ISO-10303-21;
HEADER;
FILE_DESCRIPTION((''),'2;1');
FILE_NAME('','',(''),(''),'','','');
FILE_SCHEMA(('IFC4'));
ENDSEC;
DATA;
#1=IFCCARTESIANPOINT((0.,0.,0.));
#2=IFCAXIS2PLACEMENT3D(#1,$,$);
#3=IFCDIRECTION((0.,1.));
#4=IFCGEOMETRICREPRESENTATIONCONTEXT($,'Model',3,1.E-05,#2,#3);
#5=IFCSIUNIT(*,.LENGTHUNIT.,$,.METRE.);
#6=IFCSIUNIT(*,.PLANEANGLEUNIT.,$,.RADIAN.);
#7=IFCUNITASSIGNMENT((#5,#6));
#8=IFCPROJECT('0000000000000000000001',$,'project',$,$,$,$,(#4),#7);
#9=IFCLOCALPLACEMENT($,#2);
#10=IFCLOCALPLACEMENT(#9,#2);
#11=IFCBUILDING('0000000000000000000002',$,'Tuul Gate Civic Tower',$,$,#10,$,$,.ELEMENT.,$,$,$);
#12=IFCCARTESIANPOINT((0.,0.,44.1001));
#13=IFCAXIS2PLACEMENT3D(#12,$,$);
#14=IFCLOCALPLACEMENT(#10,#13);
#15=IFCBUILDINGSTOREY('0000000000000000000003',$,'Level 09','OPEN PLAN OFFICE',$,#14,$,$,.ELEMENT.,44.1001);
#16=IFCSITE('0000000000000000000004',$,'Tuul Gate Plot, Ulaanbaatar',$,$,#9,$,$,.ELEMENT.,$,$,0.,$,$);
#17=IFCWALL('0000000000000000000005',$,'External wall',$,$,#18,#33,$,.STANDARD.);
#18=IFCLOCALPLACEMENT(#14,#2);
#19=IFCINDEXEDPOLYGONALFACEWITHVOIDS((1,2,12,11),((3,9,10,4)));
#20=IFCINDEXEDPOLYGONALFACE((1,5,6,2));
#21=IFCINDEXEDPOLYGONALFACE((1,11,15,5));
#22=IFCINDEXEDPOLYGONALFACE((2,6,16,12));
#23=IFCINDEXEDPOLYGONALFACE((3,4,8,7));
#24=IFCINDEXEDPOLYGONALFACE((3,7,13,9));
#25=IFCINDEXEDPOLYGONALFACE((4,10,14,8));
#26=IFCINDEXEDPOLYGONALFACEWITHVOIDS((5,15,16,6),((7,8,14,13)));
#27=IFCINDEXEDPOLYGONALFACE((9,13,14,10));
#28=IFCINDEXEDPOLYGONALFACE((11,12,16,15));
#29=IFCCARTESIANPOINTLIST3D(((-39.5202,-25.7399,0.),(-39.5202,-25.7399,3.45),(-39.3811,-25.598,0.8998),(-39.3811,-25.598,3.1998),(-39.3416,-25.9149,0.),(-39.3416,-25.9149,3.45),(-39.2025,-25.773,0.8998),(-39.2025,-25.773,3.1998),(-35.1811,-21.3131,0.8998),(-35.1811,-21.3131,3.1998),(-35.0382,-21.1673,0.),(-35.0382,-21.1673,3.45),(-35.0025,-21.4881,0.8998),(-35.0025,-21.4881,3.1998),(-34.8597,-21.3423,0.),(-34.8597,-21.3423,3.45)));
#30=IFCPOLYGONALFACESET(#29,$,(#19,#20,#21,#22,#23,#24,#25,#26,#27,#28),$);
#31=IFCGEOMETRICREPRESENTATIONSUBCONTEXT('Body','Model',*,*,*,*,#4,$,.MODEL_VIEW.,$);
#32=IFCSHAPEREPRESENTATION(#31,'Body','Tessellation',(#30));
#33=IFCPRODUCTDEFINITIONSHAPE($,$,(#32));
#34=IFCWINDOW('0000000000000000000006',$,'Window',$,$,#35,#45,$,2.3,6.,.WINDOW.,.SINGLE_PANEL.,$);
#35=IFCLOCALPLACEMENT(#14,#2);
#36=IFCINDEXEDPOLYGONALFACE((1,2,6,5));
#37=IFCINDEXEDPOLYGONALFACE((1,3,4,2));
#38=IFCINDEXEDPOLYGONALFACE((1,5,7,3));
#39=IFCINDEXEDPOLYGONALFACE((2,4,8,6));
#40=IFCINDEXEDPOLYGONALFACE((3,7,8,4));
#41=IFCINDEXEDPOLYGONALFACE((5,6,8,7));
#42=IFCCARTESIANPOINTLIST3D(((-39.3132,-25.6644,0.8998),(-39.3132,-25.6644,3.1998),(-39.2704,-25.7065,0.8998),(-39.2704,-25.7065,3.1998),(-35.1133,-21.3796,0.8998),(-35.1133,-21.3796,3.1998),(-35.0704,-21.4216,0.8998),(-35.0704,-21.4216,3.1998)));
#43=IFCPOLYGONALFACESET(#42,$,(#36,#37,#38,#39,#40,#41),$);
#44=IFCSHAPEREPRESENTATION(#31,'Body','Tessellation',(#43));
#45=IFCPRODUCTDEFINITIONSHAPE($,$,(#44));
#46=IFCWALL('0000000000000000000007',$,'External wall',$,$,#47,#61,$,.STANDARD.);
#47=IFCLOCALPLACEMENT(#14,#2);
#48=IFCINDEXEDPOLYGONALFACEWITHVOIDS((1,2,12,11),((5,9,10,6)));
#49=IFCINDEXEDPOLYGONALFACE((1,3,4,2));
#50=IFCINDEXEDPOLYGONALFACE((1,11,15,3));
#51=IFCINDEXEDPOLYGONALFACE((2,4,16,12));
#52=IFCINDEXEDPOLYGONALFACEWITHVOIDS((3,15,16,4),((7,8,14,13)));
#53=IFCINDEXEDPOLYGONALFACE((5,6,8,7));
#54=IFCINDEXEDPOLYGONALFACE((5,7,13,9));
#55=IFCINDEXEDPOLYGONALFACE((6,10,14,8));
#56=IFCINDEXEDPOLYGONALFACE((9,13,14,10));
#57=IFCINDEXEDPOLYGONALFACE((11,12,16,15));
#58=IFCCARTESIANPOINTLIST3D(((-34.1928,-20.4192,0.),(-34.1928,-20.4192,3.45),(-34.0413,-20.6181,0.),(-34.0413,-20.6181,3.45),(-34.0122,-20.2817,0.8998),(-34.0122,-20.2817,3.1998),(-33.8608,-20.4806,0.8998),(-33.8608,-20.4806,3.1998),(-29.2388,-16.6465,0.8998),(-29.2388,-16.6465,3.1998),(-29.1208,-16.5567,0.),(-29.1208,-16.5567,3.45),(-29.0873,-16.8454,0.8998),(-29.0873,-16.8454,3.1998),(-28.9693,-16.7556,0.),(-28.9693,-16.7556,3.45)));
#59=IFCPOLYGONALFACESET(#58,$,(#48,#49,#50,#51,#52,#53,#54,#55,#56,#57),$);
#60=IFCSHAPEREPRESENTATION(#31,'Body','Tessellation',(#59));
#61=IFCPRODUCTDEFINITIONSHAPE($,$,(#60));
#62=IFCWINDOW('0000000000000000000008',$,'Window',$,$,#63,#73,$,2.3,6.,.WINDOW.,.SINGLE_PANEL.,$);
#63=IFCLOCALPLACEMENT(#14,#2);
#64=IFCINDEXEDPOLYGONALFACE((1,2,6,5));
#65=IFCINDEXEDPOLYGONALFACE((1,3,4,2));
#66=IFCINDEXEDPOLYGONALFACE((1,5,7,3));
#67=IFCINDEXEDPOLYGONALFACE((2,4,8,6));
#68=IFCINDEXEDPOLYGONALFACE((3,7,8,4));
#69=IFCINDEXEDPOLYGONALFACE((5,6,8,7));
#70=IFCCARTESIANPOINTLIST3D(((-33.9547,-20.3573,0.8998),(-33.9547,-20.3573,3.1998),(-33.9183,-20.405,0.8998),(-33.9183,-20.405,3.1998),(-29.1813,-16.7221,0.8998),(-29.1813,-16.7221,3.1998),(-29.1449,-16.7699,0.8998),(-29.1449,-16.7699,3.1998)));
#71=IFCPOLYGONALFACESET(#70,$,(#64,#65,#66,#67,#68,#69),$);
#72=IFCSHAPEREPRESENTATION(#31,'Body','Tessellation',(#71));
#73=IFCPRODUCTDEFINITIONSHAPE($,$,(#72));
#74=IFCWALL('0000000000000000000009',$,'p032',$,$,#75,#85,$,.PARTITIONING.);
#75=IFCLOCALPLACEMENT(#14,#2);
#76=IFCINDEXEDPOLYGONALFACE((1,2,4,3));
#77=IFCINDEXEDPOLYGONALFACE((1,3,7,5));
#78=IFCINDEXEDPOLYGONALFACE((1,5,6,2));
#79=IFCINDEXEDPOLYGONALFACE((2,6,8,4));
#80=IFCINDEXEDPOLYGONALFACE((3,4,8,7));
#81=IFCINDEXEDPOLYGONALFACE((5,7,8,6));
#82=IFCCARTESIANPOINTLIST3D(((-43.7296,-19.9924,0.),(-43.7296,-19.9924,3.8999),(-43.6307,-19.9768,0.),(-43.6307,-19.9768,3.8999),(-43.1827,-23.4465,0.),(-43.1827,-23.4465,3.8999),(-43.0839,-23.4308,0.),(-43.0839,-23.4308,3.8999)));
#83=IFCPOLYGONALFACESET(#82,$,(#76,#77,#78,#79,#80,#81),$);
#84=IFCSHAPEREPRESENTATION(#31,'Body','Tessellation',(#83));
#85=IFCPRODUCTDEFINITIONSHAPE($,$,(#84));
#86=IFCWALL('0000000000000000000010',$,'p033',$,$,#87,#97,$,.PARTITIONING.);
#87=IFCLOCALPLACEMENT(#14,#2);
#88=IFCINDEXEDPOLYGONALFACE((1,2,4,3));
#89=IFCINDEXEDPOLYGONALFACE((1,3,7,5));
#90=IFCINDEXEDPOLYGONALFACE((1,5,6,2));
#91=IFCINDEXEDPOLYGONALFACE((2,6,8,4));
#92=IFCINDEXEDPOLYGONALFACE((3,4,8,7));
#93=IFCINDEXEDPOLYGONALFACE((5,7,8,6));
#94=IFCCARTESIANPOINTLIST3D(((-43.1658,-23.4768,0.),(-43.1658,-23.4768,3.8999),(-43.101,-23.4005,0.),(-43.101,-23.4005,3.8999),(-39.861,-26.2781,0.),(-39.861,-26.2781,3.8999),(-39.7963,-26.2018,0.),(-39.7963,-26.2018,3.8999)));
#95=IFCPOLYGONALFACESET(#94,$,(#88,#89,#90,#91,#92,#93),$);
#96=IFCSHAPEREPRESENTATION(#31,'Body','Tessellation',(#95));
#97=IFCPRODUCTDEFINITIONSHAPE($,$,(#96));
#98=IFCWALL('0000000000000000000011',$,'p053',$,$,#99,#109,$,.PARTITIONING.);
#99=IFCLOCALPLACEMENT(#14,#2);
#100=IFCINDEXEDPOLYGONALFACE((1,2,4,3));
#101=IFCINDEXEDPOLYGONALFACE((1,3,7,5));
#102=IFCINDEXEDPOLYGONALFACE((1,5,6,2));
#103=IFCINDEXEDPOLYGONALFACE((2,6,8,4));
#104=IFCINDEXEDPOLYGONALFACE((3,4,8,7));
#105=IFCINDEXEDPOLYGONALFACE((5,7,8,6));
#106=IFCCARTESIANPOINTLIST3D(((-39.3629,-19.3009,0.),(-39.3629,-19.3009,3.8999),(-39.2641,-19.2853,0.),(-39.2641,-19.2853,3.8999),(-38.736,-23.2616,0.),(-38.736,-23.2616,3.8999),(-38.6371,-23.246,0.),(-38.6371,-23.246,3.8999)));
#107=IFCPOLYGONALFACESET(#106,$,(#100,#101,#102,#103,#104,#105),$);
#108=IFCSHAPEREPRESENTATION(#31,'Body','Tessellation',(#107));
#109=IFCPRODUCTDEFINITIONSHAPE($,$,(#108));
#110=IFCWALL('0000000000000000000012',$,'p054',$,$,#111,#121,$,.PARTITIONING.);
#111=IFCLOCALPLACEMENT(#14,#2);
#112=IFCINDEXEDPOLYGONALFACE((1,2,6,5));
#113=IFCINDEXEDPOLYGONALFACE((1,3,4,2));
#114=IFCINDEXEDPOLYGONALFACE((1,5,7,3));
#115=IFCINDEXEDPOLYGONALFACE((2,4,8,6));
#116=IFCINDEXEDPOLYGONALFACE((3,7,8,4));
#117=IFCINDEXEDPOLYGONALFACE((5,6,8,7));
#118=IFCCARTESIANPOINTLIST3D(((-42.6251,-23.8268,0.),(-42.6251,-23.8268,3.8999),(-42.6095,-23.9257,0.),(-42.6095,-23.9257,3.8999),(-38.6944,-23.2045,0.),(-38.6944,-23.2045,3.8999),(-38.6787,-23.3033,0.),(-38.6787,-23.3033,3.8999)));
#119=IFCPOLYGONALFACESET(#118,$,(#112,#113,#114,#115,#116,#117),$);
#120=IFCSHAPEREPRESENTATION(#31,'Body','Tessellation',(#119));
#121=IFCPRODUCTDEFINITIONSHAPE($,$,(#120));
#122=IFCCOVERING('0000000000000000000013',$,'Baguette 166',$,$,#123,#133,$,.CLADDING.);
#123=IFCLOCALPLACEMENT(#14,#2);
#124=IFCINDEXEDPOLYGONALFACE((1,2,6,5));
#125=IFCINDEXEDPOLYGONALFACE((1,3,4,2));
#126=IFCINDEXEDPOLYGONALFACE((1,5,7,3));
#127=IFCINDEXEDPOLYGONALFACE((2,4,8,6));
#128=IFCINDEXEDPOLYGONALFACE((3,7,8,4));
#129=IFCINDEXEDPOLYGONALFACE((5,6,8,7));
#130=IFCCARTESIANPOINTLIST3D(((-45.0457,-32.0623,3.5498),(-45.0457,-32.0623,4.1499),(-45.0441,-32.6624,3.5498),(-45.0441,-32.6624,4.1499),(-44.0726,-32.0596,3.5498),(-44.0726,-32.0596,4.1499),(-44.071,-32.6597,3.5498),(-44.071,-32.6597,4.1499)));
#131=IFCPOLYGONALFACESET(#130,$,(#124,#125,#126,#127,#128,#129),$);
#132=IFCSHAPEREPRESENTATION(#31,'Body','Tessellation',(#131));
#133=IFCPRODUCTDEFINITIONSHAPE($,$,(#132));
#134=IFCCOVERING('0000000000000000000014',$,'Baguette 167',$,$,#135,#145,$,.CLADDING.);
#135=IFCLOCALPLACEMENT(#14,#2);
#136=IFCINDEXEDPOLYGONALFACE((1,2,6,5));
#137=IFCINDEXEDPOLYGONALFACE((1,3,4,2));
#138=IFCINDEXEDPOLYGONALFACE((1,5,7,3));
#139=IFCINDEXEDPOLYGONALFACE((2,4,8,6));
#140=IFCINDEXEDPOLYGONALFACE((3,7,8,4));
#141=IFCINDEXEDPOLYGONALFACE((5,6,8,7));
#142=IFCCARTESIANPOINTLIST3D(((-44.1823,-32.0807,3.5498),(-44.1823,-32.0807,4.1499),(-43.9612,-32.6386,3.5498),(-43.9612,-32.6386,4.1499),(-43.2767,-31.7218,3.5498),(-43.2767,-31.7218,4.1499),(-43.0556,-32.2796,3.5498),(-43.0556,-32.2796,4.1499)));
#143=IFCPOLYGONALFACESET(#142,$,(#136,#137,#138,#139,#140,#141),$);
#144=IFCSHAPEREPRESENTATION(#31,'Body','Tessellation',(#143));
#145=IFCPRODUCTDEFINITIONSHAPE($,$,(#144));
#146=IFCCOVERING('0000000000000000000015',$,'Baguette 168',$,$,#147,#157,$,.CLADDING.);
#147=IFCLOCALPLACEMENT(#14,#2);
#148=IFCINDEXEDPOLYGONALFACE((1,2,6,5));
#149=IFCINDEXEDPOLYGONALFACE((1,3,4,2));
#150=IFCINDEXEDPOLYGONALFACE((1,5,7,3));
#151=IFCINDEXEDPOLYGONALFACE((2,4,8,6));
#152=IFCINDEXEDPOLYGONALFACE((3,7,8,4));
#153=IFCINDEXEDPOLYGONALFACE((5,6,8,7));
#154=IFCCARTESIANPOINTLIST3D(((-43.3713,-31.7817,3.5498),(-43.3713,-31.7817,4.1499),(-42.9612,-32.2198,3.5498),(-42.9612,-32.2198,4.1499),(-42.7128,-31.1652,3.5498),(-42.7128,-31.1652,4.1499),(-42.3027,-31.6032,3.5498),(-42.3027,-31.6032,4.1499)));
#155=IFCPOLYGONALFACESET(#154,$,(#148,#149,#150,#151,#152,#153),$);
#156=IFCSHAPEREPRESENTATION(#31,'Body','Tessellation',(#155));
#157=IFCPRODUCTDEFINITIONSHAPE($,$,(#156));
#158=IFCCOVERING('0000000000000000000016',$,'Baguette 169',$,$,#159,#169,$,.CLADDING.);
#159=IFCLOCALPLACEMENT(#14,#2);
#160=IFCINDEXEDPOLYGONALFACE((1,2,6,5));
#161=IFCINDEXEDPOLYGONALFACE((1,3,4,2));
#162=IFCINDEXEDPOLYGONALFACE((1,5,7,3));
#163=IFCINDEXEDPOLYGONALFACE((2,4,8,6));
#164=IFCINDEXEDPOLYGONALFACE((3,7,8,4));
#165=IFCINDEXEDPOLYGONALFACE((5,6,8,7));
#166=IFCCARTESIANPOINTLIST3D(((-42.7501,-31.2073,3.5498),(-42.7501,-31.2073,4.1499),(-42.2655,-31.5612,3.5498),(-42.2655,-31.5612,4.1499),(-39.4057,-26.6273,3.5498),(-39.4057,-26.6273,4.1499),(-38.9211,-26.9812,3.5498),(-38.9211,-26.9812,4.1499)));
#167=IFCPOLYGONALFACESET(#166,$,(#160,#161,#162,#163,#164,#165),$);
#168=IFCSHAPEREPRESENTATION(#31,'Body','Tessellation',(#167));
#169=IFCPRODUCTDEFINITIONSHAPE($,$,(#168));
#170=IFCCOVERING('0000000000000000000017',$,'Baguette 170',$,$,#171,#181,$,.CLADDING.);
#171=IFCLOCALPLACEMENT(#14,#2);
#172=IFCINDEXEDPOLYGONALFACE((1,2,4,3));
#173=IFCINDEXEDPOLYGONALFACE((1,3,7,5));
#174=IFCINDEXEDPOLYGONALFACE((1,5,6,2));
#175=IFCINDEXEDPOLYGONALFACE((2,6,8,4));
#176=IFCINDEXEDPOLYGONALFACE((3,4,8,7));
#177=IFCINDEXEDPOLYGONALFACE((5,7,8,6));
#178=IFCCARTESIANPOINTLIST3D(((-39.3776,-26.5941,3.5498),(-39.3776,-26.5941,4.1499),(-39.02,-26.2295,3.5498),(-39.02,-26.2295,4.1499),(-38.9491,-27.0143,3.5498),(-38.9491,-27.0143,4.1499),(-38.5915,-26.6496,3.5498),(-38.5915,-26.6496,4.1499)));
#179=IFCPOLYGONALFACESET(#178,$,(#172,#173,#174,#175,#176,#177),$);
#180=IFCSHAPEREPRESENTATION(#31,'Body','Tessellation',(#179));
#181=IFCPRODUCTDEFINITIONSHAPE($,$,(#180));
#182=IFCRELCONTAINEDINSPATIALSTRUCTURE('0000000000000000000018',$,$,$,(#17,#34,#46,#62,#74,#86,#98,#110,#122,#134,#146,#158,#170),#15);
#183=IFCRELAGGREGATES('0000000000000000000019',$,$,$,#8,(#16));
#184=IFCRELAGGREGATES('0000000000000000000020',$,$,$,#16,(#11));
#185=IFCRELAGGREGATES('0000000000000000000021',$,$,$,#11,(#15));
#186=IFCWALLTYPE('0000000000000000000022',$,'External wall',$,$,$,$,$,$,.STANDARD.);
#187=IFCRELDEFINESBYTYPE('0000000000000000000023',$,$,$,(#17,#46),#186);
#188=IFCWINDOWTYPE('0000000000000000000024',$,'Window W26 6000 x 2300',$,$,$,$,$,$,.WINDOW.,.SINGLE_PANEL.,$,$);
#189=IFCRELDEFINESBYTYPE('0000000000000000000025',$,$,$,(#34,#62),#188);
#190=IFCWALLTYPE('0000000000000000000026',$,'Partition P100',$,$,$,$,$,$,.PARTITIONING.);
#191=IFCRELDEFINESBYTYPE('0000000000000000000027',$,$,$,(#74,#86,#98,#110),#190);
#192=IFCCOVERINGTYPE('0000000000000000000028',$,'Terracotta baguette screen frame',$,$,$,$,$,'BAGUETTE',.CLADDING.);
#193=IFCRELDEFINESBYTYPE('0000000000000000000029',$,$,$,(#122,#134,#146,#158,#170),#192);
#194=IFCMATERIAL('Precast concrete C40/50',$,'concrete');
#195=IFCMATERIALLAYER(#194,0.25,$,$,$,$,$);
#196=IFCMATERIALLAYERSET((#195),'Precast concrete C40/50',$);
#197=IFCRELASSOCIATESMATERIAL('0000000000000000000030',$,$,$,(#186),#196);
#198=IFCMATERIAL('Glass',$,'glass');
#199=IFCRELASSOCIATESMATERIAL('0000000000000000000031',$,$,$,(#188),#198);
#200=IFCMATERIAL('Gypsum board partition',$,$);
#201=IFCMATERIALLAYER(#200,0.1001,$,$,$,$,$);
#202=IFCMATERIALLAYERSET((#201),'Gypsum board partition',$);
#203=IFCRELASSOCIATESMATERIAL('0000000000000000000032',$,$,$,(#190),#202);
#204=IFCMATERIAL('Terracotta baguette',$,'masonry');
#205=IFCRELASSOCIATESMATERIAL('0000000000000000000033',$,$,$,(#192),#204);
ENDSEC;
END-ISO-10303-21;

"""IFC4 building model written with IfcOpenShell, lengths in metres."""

from ifc_helpers import new_model, si_unit, direction, frame, frame_2d, origin, origin_2d, place, context, subcontext, project, spatial, rectangle, extrude, material, layer, layer_set, material_profile, profile_set, type_object, element, fill, save


model = new_model("IFC4")

# Units and contexts
model_context = context("Model", 3, precision=1e-05, world=origin(), true_north=direction((0.0, 1.0)))
body_context = subcontext(model_context, "Body", "Model", "MODEL_VIEW")
ifc_project = project(units=[si_unit("LENGTHUNIT", "METRE"), si_unit("PLANEANGLEUNIT", "RADIAN")], contexts=[model_context])

# Site, building, storey
site_placement = place(None, origin())
site = spatial("IfcSite", under=ifc_project, at=site_placement, Name="Tuul Gate Plot, Ulaanbaatar", CompositionType="ELEMENT", RefElevation=0.0)
building_placement = place(site_placement, origin())
building = spatial("IfcBuilding", under=site, at=building_placement, Name="Tuul Gate Civic Tower", CompositionType="ELEMENT")
storey_placement = place(building_placement, frame((0.0, 0.0, 44.1001)))
storey = spatial("IfcBuildingStorey", under=building, at=storey_placement, Name="Level 09", Description="OPEN PLAN OFFICE", CompositionType="ELEMENT", Elevation=44.1001)

# Walls, openings, windows
ifc_material_1 = material(Name="Precast concrete C40/50", Category="concrete")
ifc_layer_1 = layer(ifc_material_1, 0.25)
ifc_layer_set_1 = layer_set([ifc_layer_1], Name="Precast concrete C40/50")
wall_type_1 = type_object("IfcWallType", Name="External wall", PredefinedType="STANDARD", material=ifc_layer_set_1)
wall_1_placement = place(storey_placement, frame((-39.4309, -25.8274, 0.0), z_axis=(0.0, 0.0, 1.0), x_axis=(0.699998, 0.714145, 0.0)))
wall_1 = element("IfcWall", 1, at=wall_1_placement, inside=storey, type_object=wall_type_1, Name="External wall", PredefinedType="STANDARD", context=body_context, shape_type="SweptSolid", body=[
    extrude(rectangle(XDim=6.4028, YDim=0.25, at=frame_2d((3.2014, 0.0))), origin(), (0.0, 0.0, 1.0), 3.45),
])
opening_1_placement = place(wall_1_placement, frame((0.1987, 0.0, 0.8999)))
opening_1 = element("IfcOpeningElement", 2, at=opening_1_placement, cuts=wall_1, PredefinedType="OPENING", context=body_context, shape_type="SweptSolid", body=[
    extrude(rectangle(XDim=6.0, YDim=2.3, at=frame_2d((3.0, 1.1499))), frame((0.0, 0.135, 0.0), z_axis=(0.0, -1.0, 0.0), x_axis=(1.0, 0.0, 0.0)), (0.0, 0.0, 1.0), 0.27),
])
ifc_material_2 = material(Name="Glass", Category="glass")
window_type_1 = type_object("IfcWindowType", Name="Window W26 6000 x 2300", PartitioningType="SINGLE_PANEL", PredefinedType="WINDOW", material=ifc_material_2)
window_1_placement = place(opening_1_placement, origin())
window_1 = element("IfcWindow", 3, at=window_1_placement, inside=storey, type_object=window_type_1, Name="Window", OverallHeight=2.3, OverallWidth=6.0, PartitioningType="SINGLE_PANEL", PredefinedType="WINDOW", context=body_context, shape_type="SweptSolid", body=[
    extrude(rectangle(XDim=6.0, YDim=2.3, at=frame_2d((3.0, 1.1499))), frame((0.0, 0.03, 0.0), z_axis=(0.0, -1.0, 0.0), x_axis=(1.0, 0.0, 0.0)), (0.0, 0.0, 1.0), 0.0601),
])
fill(opening_1, window_1)
wall_2_placement = place(storey_placement, frame((-34.1169, -20.5186, 0.0), z_axis=(0.0, 0.0, 1.0), x_axis=(0.795571, 0.60586, 0.0)))
wall_2 = element("IfcWall", 4, at=wall_2_placement, inside=storey, type_object=wall_type_1, Name="External wall", PredefinedType="STANDARD", context=body_context, shape_type="SweptSolid", body=[
    extrude(rectangle(XDim=6.3752, YDim=0.25, at=frame_2d((3.1875, 0.0))), origin(), (0.0, 0.0, 1.0), 3.45),
])
opening_2_placement = place(wall_2_placement, frame((0.2268, 0.0, 0.8999)))
opening_2 = element("IfcOpeningElement", 5, at=opening_2_placement, cuts=wall_2, PredefinedType="OPENING", context=body_context, shape_type="SweptSolid", body=[
    extrude(rectangle(XDim=6.0, YDim=2.3, at=frame_2d((3.0, 1.1499))), frame((0.0, 0.135, 0.0), z_axis=(0.0, -1.0, 0.0), x_axis=(1.0, 0.0, 0.0)), (0.0, 0.0, 1.0), 0.27),
])
window_2_placement = place(opening_2_placement, origin())
window_2 = element("IfcWindow", 6, at=window_2_placement, inside=storey, type_object=window_type_1, Name="Window", OverallHeight=2.3, OverallWidth=6.0, PartitioningType="SINGLE_PANEL", PredefinedType="WINDOW", context=body_context, shape_type="SweptSolid", body=[
    extrude(rectangle(XDim=6.0, YDim=2.3, at=frame_2d((3.0, 1.1499))), frame((0.0, 0.03, 0.0), z_axis=(0.0, -1.0, 0.0), x_axis=(1.0, 0.0, 0.0)), (0.0, 0.0, 1.0), 0.0601),
])
fill(opening_2, window_2)

# Walls
ifc_material_3 = material(Name="Gypsum board partition")
ifc_layer_2 = layer(ifc_material_3, 0.1001)
ifc_layer_set_2 = layer_set([ifc_layer_2], Name="Gypsum board partition")
wall_type_2 = type_object("IfcWallType", Name="Partition P100", PredefinedType="PARTITIONING", material=ifc_layer_set_2)
wall_3_placement = place(storey_placement, frame((-43.6802, -19.9846, 0.0), z_axis=(0.0, 0.0, 1.0), x_axis=(0.156378, -0.987697, 0.0)))
element("IfcWall", 7, at=wall_3_placement, inside=storey, type_object=wall_type_2, Name="p032", PredefinedType="PARTITIONING", context=body_context, shape_type="SweptSolid", body=[
    extrude(rectangle(XDim=3.4971, YDim=0.1001, at=frame_2d((1.7485, 0.0))), origin(), (0.0, 0.0, 1.0), 3.8999),
])
wall_4_placement = place(storey_placement, frame((-43.1333, -23.4387, 0.0), z_axis=(0.0, 0.0, 1.0), x_axis=(0.762817, -0.646614, 0.0)))
element("IfcWall", 8, at=wall_4_placement, inside=storey, type_object=wall_type_2, Name="p033", PredefinedType="PARTITIONING", context=body_context, shape_type="SweptSolid", body=[
    extrude(rectangle(XDim=4.3323, YDim=0.1001, at=frame_2d((2.166, 0.0))), origin(), (0.0, 0.0, 1.0), 3.8999),
])
wall_5_placement = place(storey_placement, frame((-39.3135, -19.2932, 0.0), z_axis=(0.0, 0.0, 1.0), x_axis=(0.156347, -0.987702, 0.0)))
element("IfcWall", 9, at=wall_5_placement, inside=storey, type_object=wall_type_2, Name="p053", PredefinedType="PARTITIONING", context=body_context, shape_type="SweptSolid", body=[
    extrude(rectangle(XDim=4.01, YDim=0.1001, at=frame_2d((2.0049, 0.0))), origin(), (0.0, 0.0, 1.0), 3.8999),
])
wall_6_placement = place(storey_placement, frame((-42.6172, -23.8762, 0.0), z_axis=(0.0, 0.0, 1.0), x_axis=(0.987698, 0.156375, 0.0)))
element("IfcWall", 10, at=wall_6_placement, inside=storey, type_object=wall_type_2, Name="p054", PredefinedType="PARTITIONING", context=body_context, shape_type="SweptSolid", body=[
    extrude(rectangle(XDim=3.9797, YDim=0.1001, at=frame_2d((1.9897, 0.0))), origin(), (0.0, 0.0, 1.0), 3.8999),
])

# Coverings
ifc_material_4 = material(Name="Terracotta baguette", Category="masonry")
ifc_material_profile_1 = material_profile(ifc_material_4, rectangle(XDim=0.6001, YDim=0.6001, at=origin_2d()), Name="Terracotta baguette screen frame")
ifc_profile_set_1 = profile_set([ifc_material_profile_1], Name="Terracotta baguette")
covering_type = type_object("IfcCoveringType", Name="Terracotta baguette screen frame", ElementType="BAGUETTE", PredefinedType="CLADDING", material=ifc_profile_set_1)
covering_1_placement = place(storey_placement, frame((-45.0449, -32.3623, 3.8499), z_axis=(0.999996, 0.00276, 0.0), x_axis=(-0.00276, 0.999996, 0.0)))
element("IfcCovering", 11, at=covering_1_placement, inside=storey, type_object=covering_type, Name="Baguette 166", PredefinedType="CLADDING", context=body_context, shape_type="SweptSolid", body=[
    extrude(rectangle(XDim=0.6001, YDim=0.6001, at=origin_2d()), origin(), (0.0, 0.0, 1.0), 0.9731),
])
covering_2_placement = place(storey_placement, frame((-44.0718, -32.3596, 3.8499), z_axis=(0.929647, 0.36845, 0.0), x_axis=(-0.36845, 0.929647, 0.0)))
element("IfcCovering", 12, at=covering_2_placement, inside=storey, type_object=covering_type, Name="Baguette 167", PredefinedType="CLADDING", context=body_context, shape_type="SweptSolid", body=[
    extrude(rectangle(XDim=0.6001, YDim=0.6001, at=origin_2d()), origin(), (0.0, 0.0, 1.0), 0.9741),
])
covering_3_placement = place(storey_placement, frame((-43.1663, -32.0007, 3.8499), z_axis=(0.730001, 0.683446, 0.0), x_axis=(-0.683446, 0.730001, 0.0)))
element("IfcCovering", 13, at=covering_3_placement, inside=storey, type_object=covering_type, Name="Baguette 168", PredefinedType="CLADDING", context=body_context, shape_type="SweptSolid", body=[
    extrude(rectangle(XDim=0.6001, YDim=0.6001, at=origin_2d()), origin(), (0.0, 0.0, 1.0), 0.9021),
])
covering_4_placement = place(storey_placement, frame((-42.5078, -31.3843, 3.8499), z_axis=(0.589729, 0.807601, 0.0), x_axis=(-0.807601, 0.589729, 0.0)))
element("IfcCovering", 14, at=covering_4_placement, inside=storey, type_object=covering_type, Name="Baguette 169", PredefinedType="CLADDING", context=body_context, shape_type="SweptSolid", body=[
    extrude(rectangle(XDim=0.6001, YDim=0.6001, at=origin_2d()), origin(), (0.0, 0.0, 1.0), 5.6711),
])
covering_5_placement = place(storey_placement, frame((-39.1633, -26.8042, 3.8499), z_axis=(0.700143, 0.714003, 0.0), x_axis=(-0.714003, 0.700143, 0.0)))
element("IfcCovering", 15, at=covering_5_placement, inside=storey, type_object=covering_type, Name="Baguette 170", PredefinedType="CLADDING", context=body_context, shape_type="SweptSolid", body=[
    extrude(rectangle(XDim=0.6001, YDim=0.6001, at=origin_2d()), origin(), (0.0, 0.0, 1.0), 0.5107),
])

save(model, "model.ifc")
